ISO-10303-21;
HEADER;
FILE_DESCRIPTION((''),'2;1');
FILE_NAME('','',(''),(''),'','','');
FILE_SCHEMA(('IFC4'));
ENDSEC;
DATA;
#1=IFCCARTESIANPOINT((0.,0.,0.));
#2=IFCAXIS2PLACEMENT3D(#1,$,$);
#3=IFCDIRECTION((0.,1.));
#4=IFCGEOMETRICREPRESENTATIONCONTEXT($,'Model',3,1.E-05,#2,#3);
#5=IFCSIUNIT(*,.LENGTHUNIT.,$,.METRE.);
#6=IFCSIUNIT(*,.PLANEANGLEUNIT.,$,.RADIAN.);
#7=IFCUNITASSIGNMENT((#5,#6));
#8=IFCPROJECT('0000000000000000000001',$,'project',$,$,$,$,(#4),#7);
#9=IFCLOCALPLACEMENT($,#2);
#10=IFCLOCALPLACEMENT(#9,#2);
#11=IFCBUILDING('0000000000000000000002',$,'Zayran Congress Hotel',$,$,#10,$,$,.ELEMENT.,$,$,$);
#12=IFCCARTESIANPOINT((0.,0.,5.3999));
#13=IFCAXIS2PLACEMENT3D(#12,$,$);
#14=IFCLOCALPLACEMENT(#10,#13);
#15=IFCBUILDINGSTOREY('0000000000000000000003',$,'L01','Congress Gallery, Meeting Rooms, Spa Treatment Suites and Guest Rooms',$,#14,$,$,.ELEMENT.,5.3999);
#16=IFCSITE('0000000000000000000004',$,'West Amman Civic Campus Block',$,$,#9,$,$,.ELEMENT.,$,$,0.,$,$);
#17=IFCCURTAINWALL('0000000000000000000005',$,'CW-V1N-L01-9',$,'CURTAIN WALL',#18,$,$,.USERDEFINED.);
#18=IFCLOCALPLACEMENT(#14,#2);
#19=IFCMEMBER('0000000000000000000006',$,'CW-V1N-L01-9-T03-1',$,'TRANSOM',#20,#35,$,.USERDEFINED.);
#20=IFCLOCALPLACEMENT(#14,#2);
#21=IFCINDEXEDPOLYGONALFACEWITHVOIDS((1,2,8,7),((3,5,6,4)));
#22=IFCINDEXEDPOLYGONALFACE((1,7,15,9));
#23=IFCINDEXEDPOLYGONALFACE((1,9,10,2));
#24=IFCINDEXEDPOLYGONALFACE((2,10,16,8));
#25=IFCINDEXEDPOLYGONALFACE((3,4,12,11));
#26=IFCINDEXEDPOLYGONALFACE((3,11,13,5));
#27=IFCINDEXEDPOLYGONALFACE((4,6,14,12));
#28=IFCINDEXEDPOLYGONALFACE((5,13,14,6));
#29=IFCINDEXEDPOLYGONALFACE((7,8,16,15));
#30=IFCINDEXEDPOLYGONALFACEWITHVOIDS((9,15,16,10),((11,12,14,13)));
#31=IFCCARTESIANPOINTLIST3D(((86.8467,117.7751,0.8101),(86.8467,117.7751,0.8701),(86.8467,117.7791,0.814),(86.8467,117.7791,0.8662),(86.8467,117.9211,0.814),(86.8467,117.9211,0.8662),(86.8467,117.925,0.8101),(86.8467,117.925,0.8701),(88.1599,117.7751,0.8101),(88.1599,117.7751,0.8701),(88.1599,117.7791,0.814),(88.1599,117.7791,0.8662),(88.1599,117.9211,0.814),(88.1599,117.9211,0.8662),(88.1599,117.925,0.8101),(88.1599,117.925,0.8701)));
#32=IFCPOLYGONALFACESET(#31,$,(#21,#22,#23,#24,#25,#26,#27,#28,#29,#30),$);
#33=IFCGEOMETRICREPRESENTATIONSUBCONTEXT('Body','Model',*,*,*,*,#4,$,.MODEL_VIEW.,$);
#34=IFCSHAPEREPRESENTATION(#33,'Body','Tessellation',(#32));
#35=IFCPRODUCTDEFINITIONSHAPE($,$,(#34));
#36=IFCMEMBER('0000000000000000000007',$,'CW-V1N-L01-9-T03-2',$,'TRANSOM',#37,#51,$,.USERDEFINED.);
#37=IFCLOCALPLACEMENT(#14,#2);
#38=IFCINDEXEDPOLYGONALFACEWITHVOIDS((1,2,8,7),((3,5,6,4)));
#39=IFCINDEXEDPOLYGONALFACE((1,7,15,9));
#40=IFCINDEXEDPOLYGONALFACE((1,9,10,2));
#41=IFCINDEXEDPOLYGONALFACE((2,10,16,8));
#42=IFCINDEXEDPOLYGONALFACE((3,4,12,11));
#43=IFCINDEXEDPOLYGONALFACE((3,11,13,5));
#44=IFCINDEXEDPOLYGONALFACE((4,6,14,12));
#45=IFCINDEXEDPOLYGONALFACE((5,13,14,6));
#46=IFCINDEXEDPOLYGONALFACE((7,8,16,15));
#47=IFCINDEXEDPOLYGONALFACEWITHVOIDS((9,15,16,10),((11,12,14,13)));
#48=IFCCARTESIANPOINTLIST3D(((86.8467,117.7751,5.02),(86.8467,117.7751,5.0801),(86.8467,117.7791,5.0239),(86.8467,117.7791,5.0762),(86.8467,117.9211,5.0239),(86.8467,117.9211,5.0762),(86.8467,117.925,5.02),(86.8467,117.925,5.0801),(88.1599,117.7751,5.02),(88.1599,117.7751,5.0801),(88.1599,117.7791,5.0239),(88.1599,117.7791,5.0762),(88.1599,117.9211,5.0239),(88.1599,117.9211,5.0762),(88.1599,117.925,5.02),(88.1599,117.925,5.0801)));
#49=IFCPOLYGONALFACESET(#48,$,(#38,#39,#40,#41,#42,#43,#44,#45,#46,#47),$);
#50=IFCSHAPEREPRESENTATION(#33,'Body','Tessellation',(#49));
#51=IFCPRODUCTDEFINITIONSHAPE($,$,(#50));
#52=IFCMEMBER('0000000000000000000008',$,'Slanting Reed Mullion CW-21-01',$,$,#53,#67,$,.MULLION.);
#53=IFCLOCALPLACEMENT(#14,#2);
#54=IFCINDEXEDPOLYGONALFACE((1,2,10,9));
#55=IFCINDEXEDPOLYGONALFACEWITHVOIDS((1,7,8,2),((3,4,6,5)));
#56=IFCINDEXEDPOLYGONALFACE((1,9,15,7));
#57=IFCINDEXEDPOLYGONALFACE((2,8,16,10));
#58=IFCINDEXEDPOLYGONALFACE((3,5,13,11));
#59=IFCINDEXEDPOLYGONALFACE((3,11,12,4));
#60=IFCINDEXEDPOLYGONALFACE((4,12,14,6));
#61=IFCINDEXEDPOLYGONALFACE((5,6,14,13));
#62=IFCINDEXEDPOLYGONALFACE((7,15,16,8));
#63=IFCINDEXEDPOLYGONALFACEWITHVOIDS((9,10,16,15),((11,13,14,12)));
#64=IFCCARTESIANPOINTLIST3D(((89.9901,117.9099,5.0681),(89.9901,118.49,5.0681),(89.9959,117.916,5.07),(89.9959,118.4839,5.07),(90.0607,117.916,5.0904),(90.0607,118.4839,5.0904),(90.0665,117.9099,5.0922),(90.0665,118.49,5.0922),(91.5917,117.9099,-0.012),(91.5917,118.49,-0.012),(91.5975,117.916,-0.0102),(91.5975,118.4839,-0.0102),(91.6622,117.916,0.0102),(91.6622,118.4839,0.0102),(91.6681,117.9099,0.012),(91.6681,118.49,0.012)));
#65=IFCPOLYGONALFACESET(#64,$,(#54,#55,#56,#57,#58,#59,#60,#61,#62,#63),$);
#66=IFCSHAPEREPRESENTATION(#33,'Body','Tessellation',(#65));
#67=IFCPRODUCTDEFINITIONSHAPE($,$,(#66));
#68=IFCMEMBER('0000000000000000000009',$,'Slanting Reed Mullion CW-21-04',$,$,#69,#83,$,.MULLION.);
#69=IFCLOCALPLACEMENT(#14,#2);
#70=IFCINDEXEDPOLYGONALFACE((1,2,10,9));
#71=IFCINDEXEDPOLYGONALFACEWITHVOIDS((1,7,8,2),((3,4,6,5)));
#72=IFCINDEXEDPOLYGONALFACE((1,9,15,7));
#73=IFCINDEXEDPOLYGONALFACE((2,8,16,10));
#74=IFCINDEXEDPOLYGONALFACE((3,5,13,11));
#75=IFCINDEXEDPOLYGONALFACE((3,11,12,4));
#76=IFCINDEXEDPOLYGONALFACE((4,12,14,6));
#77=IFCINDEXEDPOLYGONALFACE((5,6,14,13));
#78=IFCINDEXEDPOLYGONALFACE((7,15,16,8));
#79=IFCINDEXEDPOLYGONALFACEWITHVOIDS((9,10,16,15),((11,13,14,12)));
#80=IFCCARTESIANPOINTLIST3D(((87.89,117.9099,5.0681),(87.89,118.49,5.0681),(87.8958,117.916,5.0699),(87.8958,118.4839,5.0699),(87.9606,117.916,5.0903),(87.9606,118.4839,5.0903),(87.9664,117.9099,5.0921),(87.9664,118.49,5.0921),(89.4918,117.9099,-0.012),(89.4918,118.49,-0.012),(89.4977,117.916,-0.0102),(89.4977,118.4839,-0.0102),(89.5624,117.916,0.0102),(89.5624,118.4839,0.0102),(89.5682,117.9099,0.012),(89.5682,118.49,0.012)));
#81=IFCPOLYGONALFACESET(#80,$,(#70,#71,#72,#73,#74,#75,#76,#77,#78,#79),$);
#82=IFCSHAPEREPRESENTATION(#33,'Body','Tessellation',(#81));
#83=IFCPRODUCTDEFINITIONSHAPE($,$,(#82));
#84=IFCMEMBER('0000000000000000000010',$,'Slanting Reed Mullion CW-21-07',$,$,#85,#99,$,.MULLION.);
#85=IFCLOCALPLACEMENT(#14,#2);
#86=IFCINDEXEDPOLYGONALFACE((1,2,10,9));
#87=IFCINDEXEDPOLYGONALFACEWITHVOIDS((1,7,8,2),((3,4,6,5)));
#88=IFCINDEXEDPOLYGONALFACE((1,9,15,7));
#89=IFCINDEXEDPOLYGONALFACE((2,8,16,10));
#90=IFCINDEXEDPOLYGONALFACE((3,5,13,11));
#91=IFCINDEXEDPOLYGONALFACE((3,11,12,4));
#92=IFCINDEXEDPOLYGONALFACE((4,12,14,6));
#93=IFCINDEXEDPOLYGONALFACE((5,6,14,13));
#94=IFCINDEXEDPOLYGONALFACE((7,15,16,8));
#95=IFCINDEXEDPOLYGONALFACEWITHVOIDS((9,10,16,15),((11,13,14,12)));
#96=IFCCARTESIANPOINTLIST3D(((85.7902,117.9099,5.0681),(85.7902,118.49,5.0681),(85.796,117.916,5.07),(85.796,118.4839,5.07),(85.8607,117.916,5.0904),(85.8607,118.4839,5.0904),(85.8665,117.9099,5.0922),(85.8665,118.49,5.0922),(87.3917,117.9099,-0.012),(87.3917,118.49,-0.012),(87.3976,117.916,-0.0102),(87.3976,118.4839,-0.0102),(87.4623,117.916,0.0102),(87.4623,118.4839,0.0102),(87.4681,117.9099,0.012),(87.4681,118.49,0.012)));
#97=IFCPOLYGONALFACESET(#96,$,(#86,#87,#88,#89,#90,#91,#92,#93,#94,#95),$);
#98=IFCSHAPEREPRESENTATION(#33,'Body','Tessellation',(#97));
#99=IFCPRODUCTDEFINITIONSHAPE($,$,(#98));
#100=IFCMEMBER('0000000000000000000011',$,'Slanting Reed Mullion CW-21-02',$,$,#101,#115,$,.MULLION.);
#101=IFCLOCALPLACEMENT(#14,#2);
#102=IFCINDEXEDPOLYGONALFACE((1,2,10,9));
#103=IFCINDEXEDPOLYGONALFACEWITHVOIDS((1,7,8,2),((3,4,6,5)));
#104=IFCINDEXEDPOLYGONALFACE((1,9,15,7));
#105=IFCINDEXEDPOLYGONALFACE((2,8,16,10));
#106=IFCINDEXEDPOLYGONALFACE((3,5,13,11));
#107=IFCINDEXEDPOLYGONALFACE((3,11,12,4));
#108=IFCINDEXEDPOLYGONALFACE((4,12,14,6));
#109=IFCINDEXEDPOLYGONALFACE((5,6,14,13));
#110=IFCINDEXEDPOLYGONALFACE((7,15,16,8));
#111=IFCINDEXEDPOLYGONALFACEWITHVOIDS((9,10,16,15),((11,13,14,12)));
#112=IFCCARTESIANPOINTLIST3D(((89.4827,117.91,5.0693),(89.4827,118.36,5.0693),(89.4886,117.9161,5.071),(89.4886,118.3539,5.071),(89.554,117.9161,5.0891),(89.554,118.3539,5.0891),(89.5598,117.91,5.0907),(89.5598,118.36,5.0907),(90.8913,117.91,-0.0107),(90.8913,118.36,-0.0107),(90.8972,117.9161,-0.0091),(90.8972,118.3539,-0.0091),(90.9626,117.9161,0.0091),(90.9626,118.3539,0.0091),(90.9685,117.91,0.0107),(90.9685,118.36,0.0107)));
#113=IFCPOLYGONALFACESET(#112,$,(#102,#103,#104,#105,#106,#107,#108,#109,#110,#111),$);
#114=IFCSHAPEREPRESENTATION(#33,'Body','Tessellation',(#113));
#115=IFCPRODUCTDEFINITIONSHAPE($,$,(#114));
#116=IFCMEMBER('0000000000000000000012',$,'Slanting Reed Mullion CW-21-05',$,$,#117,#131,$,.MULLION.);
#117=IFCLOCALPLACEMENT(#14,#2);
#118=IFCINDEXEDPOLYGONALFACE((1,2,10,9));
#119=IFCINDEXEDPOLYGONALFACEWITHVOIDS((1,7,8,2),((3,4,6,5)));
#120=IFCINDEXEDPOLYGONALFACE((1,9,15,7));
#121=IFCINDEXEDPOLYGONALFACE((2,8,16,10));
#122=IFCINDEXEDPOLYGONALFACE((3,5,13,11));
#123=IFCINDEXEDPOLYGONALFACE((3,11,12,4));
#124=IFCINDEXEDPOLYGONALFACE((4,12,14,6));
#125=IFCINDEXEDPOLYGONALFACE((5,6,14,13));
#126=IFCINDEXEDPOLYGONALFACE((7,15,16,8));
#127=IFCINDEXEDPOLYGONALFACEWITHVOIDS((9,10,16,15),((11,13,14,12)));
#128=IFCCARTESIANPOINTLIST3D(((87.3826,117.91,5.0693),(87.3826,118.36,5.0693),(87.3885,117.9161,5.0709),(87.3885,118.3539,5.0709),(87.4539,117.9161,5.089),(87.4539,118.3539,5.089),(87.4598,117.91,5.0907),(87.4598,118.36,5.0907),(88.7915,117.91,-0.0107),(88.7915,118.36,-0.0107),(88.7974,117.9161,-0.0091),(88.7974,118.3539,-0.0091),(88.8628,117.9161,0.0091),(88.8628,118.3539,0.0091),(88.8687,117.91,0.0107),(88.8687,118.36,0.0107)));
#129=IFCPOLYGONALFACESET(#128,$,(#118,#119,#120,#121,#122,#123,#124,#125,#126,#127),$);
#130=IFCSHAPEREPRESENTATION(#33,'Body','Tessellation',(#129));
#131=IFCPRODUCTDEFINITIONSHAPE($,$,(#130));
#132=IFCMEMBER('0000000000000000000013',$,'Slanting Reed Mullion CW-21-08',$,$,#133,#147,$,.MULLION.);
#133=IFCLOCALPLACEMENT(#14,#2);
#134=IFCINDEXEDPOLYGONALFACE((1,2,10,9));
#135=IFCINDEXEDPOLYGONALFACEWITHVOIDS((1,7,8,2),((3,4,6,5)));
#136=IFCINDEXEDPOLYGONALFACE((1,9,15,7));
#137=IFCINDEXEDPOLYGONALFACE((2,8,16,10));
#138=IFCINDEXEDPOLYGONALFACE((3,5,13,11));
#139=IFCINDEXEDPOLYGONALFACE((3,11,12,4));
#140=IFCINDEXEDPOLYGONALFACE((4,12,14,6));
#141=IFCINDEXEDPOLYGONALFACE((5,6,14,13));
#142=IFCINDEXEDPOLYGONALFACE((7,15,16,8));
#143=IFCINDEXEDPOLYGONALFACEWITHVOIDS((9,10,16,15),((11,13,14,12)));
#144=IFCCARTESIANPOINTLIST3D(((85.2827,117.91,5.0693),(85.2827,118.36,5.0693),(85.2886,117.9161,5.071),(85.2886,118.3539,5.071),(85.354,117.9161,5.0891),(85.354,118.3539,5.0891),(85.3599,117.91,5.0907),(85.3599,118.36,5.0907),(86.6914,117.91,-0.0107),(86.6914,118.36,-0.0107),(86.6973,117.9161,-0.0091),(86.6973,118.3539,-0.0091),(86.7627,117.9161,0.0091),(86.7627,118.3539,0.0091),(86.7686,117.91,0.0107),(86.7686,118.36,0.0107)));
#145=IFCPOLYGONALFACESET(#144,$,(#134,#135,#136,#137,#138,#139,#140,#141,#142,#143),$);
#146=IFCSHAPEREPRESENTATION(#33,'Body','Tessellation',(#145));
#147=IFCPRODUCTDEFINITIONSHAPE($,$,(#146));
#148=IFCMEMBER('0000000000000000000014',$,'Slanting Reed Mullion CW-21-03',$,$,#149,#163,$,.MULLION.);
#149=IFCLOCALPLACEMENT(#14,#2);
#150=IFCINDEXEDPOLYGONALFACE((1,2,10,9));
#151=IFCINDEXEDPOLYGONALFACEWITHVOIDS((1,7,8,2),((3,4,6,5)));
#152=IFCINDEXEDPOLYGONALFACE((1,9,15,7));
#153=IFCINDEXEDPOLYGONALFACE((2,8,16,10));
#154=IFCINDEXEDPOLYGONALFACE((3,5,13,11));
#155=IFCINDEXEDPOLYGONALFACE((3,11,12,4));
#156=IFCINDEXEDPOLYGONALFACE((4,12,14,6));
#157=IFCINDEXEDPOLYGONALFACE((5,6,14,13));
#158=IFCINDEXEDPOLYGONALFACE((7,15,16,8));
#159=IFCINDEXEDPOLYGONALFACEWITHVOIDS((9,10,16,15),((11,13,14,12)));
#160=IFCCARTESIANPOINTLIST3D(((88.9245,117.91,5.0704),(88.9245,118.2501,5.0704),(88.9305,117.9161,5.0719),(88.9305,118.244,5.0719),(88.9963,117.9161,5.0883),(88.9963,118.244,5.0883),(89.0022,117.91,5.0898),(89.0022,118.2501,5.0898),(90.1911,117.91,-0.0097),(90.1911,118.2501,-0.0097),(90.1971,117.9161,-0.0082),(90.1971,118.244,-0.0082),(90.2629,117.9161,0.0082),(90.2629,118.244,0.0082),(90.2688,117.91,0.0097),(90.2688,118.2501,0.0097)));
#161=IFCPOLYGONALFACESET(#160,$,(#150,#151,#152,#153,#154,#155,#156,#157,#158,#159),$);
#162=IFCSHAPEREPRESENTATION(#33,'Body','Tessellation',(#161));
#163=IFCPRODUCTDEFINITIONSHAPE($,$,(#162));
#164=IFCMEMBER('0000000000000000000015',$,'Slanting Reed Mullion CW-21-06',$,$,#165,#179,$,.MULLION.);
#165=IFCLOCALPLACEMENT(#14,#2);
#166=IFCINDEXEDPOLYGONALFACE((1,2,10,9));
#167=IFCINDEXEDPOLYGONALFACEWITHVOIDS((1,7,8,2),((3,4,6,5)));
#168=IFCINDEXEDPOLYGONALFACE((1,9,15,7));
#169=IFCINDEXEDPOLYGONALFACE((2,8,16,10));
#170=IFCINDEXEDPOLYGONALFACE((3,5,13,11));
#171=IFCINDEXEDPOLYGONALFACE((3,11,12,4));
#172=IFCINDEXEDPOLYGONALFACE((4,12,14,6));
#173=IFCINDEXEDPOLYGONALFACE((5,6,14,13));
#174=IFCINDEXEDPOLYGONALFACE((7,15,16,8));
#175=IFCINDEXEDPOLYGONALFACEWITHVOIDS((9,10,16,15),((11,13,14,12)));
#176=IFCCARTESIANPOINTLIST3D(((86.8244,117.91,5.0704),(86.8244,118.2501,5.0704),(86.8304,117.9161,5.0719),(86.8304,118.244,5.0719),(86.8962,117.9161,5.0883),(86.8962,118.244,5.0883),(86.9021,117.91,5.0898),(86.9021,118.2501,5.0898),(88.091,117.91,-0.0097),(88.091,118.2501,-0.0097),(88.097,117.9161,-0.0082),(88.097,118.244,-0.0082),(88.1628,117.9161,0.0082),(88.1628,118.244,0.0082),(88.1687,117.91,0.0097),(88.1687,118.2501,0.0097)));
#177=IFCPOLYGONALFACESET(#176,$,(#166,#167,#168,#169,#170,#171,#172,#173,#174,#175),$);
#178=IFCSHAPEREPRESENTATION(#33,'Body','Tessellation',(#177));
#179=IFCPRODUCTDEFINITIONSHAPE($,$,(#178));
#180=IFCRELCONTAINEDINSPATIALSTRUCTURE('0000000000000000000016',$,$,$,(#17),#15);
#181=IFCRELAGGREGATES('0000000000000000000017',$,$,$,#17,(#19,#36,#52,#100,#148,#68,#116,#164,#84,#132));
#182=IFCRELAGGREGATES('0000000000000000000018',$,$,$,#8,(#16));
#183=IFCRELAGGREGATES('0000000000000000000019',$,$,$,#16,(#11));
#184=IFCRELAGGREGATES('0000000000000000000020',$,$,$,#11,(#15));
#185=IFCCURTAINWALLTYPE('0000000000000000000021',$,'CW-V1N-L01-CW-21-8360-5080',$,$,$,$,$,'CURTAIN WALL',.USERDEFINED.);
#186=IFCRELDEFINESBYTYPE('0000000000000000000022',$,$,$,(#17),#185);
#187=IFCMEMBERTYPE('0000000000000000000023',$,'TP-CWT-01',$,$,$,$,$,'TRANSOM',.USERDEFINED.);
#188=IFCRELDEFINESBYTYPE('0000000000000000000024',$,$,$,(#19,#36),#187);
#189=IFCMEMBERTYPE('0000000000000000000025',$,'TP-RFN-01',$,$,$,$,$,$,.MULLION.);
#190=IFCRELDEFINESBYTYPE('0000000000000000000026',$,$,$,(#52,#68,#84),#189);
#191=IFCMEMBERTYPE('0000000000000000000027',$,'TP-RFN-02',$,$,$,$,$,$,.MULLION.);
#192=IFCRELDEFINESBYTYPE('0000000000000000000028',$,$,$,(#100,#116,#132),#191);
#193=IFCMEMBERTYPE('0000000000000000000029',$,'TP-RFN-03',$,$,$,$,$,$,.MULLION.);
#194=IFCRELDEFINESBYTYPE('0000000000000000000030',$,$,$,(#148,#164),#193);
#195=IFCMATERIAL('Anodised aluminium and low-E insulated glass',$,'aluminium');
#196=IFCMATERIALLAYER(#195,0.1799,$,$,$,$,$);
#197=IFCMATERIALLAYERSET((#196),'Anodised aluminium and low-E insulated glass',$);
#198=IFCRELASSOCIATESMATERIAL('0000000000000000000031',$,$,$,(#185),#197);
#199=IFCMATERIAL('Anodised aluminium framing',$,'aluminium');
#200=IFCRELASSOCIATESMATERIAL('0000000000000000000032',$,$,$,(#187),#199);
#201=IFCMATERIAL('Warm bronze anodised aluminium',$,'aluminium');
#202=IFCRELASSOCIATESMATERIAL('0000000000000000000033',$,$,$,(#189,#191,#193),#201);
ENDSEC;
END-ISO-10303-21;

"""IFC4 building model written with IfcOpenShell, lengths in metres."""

from ifc_helpers import new_model, si_unit, direction, frame, origin, origin_2d, place, context, subcontext, project, spatial, hollow_rectangle, extrude, material, layer, layer_set, material_profile, profile_set, type_object, element, aggregate, save


model = new_model("IFC4")

# Units and contexts
model_context = context("Model", 3, precision=1e-05, world=origin(), true_north=direction((0.0, 1.0)))
body_context = subcontext(model_context, "Body", "Model", "MODEL_VIEW")
ifc_project = project(units=[si_unit("LENGTHUNIT", "METRE"), si_unit("PLANEANGLEUNIT", "RADIAN")], contexts=[model_context])

# Site, building, storey
site_placement = place(None, origin())
site = spatial("IfcSite", under=ifc_project, at=site_placement, Name="West Amman Civic Campus Block", CompositionType="ELEMENT", RefElevation=0.0)
building_placement = place(site_placement, origin())
building = spatial("IfcBuilding", under=site, at=building_placement, Name="Zayran Congress Hotel", CompositionType="ELEMENT")
storey_placement = place(building_placement, frame((0.0, 0.0, 5.3999)))
storey = spatial("IfcBuildingStorey", under=building, at=storey_placement, Name="L01", Description="Congress Gallery, Meeting Rooms, Spa Treatment Suites and Guest Rooms", CompositionType="ELEMENT", Elevation=5.3999)

# Curtain wall, members
ifc_material_1 = material(Name="Anodised aluminium and low-E insulated glass", Category="aluminium")
ifc_layer_1 = layer(ifc_material_1, 0.1799)
ifc_layer_set_1 = layer_set([ifc_layer_1], Name="Anodised aluminium and low-E insulated glass")
curtain_wall_type = type_object("IfcCurtainWallType", Name="CW-V1N-L01-CW-21-8360-5080", ElementType="CURTAIN WALL", PredefinedType="USERDEFINED", material=ifc_layer_set_1)
curtain_wall_placement = place(storey_placement, origin())
curtain_wall = element("IfcCurtainWall", 1, at=curtain_wall_placement, inside=storey, type_object=curtain_wall_type, Name="CW-V1N-L01-9", ObjectType="CURTAIN WALL", PredefinedType="USERDEFINED")
ifc_material_2 = material(Name="Anodised aluminium framing", Category="aluminium")
ifc_material_profile_1 = material_profile(ifc_material_2, hollow_rectangle(XDim=0.0601, YDim=0.1499, WallThickness=0.0039, at=origin_2d()), Name="RHS 150x60x4")
ifc_profile_set_1 = profile_set([ifc_material_profile_1], Name="Anodised aluminium framing")
member_type_1 = type_object("IfcMemberType", Name="TP-CWT-01", ElementType="TRANSOM", PredefinedType="USERDEFINED", material=ifc_profile_set_1)
member_1_placement = place(storey_placement, frame((88.1599, 117.8501, 0.8401), z_axis=(-1.0, 0.0, 0.0), x_axis=(0.0, 0.0, 1.0)))
member_1 = element("IfcMember", 2, at=member_1_placement, type_object=member_type_1, Name="CW-V1N-L01-9-T03-1", ObjectType="TRANSOM", PredefinedType="USERDEFINED", context=body_context, shape_type="SweptSolid", body=[
    extrude(hollow_rectangle(XDim=0.0601, YDim=0.1499, WallThickness=0.0039, at=origin_2d()), origin(), (0.0, 0.0, 1.0), 1.3132),
])
member_2_placement = place(storey_placement, frame((88.1599, 117.8501, 5.05), z_axis=(-1.0, 0.0, 0.0), x_axis=(0.0, 0.0, 1.0)))
member_2 = element("IfcMember", 3, at=member_2_placement, type_object=member_type_1, Name="CW-V1N-L01-9-T03-2", ObjectType="TRANSOM", PredefinedType="USERDEFINED", context=body_context, shape_type="SweptSolid", body=[
    extrude(hollow_rectangle(XDim=0.0601, YDim=0.1499, WallThickness=0.0039, at=origin_2d()), origin(), (0.0, 0.0, 1.0), 1.3132),
])
ifc_material_3 = material(Name="Warm bronze anodised aluminium", Category="aluminium")
ifc_material_profile_2 = material_profile(ifc_material_3, hollow_rectangle(XDim=0.0801, YDim=0.5801, WallThickness=0.0061, at=origin_2d()), Name="RHS 580x80x6")
ifc_profile_set_2 = profile_set([ifc_material_profile_2], Name="Warm bronze anodised aluminium")
member_type_2 = type_object("IfcMemberType", Name="TP-RFN-01", PredefinedType="MULLION", material=ifc_profile_set_2)
member_3_placement = place(storey_placement, frame((91.6299, 118.2, 0.0), z_axis=(-0.300675, 0.0, 0.953727), x_axis=(0.953727, 0.0, 0.300675)))
member_3 = element("IfcMember", 4, at=member_3_placement, type_object=member_type_2, Name="Slanting Reed Mullion CW-21-01", PredefinedType="MULLION", context=body_context, shape_type="SweptSolid", body=[
    extrude(hollow_rectangle(XDim=0.0801, YDim=0.5801, WallThickness=0.0061, at=origin_2d()), origin(), (0.0, 0.0, 1.0), 5.3267),
])
member_4_placement = place(storey_placement, frame((89.53, 118.2, 0.0), z_axis=(-0.300717, 0.0, 0.953713), x_axis=(0.953713, 0.0, 0.300717)))
member_4 = element("IfcMember", 5, at=member_4_placement, type_object=member_type_2, Name="Slanting Reed Mullion CW-21-04", PredefinedType="MULLION", context=body_context, shape_type="SweptSolid", body=[
    extrude(hollow_rectangle(XDim=0.0801, YDim=0.5801, WallThickness=0.0061, at=origin_2d()), origin(), (0.0, 0.0, 1.0), 5.3267),
])
member_5_placement = place(storey_placement, frame((87.4299, 118.2, 0.0), z_axis=(-0.300675, 0.0, 0.953727), x_axis=(0.953727, 0.0, 0.300675)))
member_5 = element("IfcMember", 6, at=member_5_placement, type_object=member_type_2, Name="Slanting Reed Mullion CW-21-07", PredefinedType="MULLION", context=body_context, shape_type="SweptSolid", body=[
    extrude(hollow_rectangle(XDim=0.0801, YDim=0.5801, WallThickness=0.0061, at=origin_2d()), origin(), (0.0, 0.0, 1.0), 5.3267),
])
ifc_material_profile_3 = material_profile(ifc_material_3, hollow_rectangle(XDim=0.0801, YDim=0.45, WallThickness=0.0061, at=origin_2d()), Name="RHS 450x80x6")
ifc_profile_set_3 = profile_set([ifc_material_profile_3], Name="Warm bronze anodised aluminium")
member_type_3 = type_object("IfcMemberType", Name="TP-RFN-02", PredefinedType="MULLION", material=ifc_profile_set_3)
member_6_placement = place(storey_placement, frame((90.9299, 118.135, 0.0), z_axis=(-0.267214, 0.0, 0.963637), x_axis=(0.963637, 0.0, 0.267214)))
member_6 = element("IfcMember", 7, at=member_6_placement, type_object=member_type_3, Name="Slanting Reed Mullion CW-21-02", PredefinedType="MULLION", context=body_context, shape_type="SweptSolid", body=[
    extrude(hollow_rectangle(XDim=0.0801, YDim=0.45, WallThickness=0.0061, at=origin_2d()), origin(), (0.0, 0.0, 1.0), 5.2717),
])
member_7_placement = place(storey_placement, frame((88.8301, 118.135, 0.0), z_axis=(-0.267257, 0.0, 0.963625), x_axis=(0.963625, 0.0, 0.267257)))
member_7 = element("IfcMember", 8, at=member_7_placement, type_object=member_type_3, Name="Slanting Reed Mullion CW-21-05", PredefinedType="MULLION", context=body_context, shape_type="SweptSolid", body=[
    extrude(hollow_rectangle(XDim=0.0801, YDim=0.45, WallThickness=0.0061, at=origin_2d()), origin(), (0.0, 0.0, 1.0), 5.2717),
])
member_8_placement = place(storey_placement, frame((86.73, 118.135, 0.0), z_axis=(-0.267214, 0.0, 0.963637), x_axis=(0.963637, 0.0, 0.267214)))
member_8 = element("IfcMember", 9, at=member_8_placement, type_object=member_type_3, Name="Slanting Reed Mullion CW-21-08", PredefinedType="MULLION", context=body_context, shape_type="SweptSolid", body=[
    extrude(hollow_rectangle(XDim=0.0801, YDim=0.45, WallThickness=0.0061, at=origin_2d()), origin(), (0.0, 0.0, 1.0), 5.2717),
])
ifc_material_profile_4 = material_profile(ifc_material_3, hollow_rectangle(XDim=0.0801, YDim=0.3401, WallThickness=0.0061, at=origin_2d()), Name="RHS 340x80x6")
ifc_profile_set_4 = profile_set([ifc_material_profile_4], Name="Warm bronze anodised aluminium")
member_type_4 = type_object("IfcMemberType", Name="TP-RFN-03", PredefinedType="MULLION", material=ifc_profile_set_4)
member_9_placement = place(storey_placement, frame((90.23, 118.0801, 0.0), z_axis=(-0.241921, 0.0, 0.970296), x_axis=(0.970296, 0.0, 0.241921)))
member_9 = element("IfcMember", 10, at=member_9_placement, type_object=member_type_4, Name="Slanting Reed Mullion CW-21-03", PredefinedType="MULLION", context=body_context, shape_type="SweptSolid", body=[
    extrude(hollow_rectangle(XDim=0.0801, YDim=0.3401, WallThickness=0.0061, at=origin_2d()), origin(), (0.0, 0.0, 1.0), 5.2356),
])
member_10_placement = place(storey_placement, frame((88.1299, 118.0801, 0.0), z_axis=(-0.241921, 0.0, 0.970296), x_axis=(0.970296, 0.0, 0.241921)))
member_10 = element("IfcMember", 11, at=member_10_placement, type_object=member_type_4, Name="Slanting Reed Mullion CW-21-06", PredefinedType="MULLION", context=body_context, shape_type="SweptSolid", body=[
    extrude(hollow_rectangle(XDim=0.0801, YDim=0.3401, WallThickness=0.0061, at=origin_2d()), origin(), (0.0, 0.0, 1.0), 5.2356),
])
aggregate(curtain_wall, [member_1, member_2, member_3, member_6, member_9, member_4, member_7, member_10, member_5, member_8])

save(model, "model.ifc")
